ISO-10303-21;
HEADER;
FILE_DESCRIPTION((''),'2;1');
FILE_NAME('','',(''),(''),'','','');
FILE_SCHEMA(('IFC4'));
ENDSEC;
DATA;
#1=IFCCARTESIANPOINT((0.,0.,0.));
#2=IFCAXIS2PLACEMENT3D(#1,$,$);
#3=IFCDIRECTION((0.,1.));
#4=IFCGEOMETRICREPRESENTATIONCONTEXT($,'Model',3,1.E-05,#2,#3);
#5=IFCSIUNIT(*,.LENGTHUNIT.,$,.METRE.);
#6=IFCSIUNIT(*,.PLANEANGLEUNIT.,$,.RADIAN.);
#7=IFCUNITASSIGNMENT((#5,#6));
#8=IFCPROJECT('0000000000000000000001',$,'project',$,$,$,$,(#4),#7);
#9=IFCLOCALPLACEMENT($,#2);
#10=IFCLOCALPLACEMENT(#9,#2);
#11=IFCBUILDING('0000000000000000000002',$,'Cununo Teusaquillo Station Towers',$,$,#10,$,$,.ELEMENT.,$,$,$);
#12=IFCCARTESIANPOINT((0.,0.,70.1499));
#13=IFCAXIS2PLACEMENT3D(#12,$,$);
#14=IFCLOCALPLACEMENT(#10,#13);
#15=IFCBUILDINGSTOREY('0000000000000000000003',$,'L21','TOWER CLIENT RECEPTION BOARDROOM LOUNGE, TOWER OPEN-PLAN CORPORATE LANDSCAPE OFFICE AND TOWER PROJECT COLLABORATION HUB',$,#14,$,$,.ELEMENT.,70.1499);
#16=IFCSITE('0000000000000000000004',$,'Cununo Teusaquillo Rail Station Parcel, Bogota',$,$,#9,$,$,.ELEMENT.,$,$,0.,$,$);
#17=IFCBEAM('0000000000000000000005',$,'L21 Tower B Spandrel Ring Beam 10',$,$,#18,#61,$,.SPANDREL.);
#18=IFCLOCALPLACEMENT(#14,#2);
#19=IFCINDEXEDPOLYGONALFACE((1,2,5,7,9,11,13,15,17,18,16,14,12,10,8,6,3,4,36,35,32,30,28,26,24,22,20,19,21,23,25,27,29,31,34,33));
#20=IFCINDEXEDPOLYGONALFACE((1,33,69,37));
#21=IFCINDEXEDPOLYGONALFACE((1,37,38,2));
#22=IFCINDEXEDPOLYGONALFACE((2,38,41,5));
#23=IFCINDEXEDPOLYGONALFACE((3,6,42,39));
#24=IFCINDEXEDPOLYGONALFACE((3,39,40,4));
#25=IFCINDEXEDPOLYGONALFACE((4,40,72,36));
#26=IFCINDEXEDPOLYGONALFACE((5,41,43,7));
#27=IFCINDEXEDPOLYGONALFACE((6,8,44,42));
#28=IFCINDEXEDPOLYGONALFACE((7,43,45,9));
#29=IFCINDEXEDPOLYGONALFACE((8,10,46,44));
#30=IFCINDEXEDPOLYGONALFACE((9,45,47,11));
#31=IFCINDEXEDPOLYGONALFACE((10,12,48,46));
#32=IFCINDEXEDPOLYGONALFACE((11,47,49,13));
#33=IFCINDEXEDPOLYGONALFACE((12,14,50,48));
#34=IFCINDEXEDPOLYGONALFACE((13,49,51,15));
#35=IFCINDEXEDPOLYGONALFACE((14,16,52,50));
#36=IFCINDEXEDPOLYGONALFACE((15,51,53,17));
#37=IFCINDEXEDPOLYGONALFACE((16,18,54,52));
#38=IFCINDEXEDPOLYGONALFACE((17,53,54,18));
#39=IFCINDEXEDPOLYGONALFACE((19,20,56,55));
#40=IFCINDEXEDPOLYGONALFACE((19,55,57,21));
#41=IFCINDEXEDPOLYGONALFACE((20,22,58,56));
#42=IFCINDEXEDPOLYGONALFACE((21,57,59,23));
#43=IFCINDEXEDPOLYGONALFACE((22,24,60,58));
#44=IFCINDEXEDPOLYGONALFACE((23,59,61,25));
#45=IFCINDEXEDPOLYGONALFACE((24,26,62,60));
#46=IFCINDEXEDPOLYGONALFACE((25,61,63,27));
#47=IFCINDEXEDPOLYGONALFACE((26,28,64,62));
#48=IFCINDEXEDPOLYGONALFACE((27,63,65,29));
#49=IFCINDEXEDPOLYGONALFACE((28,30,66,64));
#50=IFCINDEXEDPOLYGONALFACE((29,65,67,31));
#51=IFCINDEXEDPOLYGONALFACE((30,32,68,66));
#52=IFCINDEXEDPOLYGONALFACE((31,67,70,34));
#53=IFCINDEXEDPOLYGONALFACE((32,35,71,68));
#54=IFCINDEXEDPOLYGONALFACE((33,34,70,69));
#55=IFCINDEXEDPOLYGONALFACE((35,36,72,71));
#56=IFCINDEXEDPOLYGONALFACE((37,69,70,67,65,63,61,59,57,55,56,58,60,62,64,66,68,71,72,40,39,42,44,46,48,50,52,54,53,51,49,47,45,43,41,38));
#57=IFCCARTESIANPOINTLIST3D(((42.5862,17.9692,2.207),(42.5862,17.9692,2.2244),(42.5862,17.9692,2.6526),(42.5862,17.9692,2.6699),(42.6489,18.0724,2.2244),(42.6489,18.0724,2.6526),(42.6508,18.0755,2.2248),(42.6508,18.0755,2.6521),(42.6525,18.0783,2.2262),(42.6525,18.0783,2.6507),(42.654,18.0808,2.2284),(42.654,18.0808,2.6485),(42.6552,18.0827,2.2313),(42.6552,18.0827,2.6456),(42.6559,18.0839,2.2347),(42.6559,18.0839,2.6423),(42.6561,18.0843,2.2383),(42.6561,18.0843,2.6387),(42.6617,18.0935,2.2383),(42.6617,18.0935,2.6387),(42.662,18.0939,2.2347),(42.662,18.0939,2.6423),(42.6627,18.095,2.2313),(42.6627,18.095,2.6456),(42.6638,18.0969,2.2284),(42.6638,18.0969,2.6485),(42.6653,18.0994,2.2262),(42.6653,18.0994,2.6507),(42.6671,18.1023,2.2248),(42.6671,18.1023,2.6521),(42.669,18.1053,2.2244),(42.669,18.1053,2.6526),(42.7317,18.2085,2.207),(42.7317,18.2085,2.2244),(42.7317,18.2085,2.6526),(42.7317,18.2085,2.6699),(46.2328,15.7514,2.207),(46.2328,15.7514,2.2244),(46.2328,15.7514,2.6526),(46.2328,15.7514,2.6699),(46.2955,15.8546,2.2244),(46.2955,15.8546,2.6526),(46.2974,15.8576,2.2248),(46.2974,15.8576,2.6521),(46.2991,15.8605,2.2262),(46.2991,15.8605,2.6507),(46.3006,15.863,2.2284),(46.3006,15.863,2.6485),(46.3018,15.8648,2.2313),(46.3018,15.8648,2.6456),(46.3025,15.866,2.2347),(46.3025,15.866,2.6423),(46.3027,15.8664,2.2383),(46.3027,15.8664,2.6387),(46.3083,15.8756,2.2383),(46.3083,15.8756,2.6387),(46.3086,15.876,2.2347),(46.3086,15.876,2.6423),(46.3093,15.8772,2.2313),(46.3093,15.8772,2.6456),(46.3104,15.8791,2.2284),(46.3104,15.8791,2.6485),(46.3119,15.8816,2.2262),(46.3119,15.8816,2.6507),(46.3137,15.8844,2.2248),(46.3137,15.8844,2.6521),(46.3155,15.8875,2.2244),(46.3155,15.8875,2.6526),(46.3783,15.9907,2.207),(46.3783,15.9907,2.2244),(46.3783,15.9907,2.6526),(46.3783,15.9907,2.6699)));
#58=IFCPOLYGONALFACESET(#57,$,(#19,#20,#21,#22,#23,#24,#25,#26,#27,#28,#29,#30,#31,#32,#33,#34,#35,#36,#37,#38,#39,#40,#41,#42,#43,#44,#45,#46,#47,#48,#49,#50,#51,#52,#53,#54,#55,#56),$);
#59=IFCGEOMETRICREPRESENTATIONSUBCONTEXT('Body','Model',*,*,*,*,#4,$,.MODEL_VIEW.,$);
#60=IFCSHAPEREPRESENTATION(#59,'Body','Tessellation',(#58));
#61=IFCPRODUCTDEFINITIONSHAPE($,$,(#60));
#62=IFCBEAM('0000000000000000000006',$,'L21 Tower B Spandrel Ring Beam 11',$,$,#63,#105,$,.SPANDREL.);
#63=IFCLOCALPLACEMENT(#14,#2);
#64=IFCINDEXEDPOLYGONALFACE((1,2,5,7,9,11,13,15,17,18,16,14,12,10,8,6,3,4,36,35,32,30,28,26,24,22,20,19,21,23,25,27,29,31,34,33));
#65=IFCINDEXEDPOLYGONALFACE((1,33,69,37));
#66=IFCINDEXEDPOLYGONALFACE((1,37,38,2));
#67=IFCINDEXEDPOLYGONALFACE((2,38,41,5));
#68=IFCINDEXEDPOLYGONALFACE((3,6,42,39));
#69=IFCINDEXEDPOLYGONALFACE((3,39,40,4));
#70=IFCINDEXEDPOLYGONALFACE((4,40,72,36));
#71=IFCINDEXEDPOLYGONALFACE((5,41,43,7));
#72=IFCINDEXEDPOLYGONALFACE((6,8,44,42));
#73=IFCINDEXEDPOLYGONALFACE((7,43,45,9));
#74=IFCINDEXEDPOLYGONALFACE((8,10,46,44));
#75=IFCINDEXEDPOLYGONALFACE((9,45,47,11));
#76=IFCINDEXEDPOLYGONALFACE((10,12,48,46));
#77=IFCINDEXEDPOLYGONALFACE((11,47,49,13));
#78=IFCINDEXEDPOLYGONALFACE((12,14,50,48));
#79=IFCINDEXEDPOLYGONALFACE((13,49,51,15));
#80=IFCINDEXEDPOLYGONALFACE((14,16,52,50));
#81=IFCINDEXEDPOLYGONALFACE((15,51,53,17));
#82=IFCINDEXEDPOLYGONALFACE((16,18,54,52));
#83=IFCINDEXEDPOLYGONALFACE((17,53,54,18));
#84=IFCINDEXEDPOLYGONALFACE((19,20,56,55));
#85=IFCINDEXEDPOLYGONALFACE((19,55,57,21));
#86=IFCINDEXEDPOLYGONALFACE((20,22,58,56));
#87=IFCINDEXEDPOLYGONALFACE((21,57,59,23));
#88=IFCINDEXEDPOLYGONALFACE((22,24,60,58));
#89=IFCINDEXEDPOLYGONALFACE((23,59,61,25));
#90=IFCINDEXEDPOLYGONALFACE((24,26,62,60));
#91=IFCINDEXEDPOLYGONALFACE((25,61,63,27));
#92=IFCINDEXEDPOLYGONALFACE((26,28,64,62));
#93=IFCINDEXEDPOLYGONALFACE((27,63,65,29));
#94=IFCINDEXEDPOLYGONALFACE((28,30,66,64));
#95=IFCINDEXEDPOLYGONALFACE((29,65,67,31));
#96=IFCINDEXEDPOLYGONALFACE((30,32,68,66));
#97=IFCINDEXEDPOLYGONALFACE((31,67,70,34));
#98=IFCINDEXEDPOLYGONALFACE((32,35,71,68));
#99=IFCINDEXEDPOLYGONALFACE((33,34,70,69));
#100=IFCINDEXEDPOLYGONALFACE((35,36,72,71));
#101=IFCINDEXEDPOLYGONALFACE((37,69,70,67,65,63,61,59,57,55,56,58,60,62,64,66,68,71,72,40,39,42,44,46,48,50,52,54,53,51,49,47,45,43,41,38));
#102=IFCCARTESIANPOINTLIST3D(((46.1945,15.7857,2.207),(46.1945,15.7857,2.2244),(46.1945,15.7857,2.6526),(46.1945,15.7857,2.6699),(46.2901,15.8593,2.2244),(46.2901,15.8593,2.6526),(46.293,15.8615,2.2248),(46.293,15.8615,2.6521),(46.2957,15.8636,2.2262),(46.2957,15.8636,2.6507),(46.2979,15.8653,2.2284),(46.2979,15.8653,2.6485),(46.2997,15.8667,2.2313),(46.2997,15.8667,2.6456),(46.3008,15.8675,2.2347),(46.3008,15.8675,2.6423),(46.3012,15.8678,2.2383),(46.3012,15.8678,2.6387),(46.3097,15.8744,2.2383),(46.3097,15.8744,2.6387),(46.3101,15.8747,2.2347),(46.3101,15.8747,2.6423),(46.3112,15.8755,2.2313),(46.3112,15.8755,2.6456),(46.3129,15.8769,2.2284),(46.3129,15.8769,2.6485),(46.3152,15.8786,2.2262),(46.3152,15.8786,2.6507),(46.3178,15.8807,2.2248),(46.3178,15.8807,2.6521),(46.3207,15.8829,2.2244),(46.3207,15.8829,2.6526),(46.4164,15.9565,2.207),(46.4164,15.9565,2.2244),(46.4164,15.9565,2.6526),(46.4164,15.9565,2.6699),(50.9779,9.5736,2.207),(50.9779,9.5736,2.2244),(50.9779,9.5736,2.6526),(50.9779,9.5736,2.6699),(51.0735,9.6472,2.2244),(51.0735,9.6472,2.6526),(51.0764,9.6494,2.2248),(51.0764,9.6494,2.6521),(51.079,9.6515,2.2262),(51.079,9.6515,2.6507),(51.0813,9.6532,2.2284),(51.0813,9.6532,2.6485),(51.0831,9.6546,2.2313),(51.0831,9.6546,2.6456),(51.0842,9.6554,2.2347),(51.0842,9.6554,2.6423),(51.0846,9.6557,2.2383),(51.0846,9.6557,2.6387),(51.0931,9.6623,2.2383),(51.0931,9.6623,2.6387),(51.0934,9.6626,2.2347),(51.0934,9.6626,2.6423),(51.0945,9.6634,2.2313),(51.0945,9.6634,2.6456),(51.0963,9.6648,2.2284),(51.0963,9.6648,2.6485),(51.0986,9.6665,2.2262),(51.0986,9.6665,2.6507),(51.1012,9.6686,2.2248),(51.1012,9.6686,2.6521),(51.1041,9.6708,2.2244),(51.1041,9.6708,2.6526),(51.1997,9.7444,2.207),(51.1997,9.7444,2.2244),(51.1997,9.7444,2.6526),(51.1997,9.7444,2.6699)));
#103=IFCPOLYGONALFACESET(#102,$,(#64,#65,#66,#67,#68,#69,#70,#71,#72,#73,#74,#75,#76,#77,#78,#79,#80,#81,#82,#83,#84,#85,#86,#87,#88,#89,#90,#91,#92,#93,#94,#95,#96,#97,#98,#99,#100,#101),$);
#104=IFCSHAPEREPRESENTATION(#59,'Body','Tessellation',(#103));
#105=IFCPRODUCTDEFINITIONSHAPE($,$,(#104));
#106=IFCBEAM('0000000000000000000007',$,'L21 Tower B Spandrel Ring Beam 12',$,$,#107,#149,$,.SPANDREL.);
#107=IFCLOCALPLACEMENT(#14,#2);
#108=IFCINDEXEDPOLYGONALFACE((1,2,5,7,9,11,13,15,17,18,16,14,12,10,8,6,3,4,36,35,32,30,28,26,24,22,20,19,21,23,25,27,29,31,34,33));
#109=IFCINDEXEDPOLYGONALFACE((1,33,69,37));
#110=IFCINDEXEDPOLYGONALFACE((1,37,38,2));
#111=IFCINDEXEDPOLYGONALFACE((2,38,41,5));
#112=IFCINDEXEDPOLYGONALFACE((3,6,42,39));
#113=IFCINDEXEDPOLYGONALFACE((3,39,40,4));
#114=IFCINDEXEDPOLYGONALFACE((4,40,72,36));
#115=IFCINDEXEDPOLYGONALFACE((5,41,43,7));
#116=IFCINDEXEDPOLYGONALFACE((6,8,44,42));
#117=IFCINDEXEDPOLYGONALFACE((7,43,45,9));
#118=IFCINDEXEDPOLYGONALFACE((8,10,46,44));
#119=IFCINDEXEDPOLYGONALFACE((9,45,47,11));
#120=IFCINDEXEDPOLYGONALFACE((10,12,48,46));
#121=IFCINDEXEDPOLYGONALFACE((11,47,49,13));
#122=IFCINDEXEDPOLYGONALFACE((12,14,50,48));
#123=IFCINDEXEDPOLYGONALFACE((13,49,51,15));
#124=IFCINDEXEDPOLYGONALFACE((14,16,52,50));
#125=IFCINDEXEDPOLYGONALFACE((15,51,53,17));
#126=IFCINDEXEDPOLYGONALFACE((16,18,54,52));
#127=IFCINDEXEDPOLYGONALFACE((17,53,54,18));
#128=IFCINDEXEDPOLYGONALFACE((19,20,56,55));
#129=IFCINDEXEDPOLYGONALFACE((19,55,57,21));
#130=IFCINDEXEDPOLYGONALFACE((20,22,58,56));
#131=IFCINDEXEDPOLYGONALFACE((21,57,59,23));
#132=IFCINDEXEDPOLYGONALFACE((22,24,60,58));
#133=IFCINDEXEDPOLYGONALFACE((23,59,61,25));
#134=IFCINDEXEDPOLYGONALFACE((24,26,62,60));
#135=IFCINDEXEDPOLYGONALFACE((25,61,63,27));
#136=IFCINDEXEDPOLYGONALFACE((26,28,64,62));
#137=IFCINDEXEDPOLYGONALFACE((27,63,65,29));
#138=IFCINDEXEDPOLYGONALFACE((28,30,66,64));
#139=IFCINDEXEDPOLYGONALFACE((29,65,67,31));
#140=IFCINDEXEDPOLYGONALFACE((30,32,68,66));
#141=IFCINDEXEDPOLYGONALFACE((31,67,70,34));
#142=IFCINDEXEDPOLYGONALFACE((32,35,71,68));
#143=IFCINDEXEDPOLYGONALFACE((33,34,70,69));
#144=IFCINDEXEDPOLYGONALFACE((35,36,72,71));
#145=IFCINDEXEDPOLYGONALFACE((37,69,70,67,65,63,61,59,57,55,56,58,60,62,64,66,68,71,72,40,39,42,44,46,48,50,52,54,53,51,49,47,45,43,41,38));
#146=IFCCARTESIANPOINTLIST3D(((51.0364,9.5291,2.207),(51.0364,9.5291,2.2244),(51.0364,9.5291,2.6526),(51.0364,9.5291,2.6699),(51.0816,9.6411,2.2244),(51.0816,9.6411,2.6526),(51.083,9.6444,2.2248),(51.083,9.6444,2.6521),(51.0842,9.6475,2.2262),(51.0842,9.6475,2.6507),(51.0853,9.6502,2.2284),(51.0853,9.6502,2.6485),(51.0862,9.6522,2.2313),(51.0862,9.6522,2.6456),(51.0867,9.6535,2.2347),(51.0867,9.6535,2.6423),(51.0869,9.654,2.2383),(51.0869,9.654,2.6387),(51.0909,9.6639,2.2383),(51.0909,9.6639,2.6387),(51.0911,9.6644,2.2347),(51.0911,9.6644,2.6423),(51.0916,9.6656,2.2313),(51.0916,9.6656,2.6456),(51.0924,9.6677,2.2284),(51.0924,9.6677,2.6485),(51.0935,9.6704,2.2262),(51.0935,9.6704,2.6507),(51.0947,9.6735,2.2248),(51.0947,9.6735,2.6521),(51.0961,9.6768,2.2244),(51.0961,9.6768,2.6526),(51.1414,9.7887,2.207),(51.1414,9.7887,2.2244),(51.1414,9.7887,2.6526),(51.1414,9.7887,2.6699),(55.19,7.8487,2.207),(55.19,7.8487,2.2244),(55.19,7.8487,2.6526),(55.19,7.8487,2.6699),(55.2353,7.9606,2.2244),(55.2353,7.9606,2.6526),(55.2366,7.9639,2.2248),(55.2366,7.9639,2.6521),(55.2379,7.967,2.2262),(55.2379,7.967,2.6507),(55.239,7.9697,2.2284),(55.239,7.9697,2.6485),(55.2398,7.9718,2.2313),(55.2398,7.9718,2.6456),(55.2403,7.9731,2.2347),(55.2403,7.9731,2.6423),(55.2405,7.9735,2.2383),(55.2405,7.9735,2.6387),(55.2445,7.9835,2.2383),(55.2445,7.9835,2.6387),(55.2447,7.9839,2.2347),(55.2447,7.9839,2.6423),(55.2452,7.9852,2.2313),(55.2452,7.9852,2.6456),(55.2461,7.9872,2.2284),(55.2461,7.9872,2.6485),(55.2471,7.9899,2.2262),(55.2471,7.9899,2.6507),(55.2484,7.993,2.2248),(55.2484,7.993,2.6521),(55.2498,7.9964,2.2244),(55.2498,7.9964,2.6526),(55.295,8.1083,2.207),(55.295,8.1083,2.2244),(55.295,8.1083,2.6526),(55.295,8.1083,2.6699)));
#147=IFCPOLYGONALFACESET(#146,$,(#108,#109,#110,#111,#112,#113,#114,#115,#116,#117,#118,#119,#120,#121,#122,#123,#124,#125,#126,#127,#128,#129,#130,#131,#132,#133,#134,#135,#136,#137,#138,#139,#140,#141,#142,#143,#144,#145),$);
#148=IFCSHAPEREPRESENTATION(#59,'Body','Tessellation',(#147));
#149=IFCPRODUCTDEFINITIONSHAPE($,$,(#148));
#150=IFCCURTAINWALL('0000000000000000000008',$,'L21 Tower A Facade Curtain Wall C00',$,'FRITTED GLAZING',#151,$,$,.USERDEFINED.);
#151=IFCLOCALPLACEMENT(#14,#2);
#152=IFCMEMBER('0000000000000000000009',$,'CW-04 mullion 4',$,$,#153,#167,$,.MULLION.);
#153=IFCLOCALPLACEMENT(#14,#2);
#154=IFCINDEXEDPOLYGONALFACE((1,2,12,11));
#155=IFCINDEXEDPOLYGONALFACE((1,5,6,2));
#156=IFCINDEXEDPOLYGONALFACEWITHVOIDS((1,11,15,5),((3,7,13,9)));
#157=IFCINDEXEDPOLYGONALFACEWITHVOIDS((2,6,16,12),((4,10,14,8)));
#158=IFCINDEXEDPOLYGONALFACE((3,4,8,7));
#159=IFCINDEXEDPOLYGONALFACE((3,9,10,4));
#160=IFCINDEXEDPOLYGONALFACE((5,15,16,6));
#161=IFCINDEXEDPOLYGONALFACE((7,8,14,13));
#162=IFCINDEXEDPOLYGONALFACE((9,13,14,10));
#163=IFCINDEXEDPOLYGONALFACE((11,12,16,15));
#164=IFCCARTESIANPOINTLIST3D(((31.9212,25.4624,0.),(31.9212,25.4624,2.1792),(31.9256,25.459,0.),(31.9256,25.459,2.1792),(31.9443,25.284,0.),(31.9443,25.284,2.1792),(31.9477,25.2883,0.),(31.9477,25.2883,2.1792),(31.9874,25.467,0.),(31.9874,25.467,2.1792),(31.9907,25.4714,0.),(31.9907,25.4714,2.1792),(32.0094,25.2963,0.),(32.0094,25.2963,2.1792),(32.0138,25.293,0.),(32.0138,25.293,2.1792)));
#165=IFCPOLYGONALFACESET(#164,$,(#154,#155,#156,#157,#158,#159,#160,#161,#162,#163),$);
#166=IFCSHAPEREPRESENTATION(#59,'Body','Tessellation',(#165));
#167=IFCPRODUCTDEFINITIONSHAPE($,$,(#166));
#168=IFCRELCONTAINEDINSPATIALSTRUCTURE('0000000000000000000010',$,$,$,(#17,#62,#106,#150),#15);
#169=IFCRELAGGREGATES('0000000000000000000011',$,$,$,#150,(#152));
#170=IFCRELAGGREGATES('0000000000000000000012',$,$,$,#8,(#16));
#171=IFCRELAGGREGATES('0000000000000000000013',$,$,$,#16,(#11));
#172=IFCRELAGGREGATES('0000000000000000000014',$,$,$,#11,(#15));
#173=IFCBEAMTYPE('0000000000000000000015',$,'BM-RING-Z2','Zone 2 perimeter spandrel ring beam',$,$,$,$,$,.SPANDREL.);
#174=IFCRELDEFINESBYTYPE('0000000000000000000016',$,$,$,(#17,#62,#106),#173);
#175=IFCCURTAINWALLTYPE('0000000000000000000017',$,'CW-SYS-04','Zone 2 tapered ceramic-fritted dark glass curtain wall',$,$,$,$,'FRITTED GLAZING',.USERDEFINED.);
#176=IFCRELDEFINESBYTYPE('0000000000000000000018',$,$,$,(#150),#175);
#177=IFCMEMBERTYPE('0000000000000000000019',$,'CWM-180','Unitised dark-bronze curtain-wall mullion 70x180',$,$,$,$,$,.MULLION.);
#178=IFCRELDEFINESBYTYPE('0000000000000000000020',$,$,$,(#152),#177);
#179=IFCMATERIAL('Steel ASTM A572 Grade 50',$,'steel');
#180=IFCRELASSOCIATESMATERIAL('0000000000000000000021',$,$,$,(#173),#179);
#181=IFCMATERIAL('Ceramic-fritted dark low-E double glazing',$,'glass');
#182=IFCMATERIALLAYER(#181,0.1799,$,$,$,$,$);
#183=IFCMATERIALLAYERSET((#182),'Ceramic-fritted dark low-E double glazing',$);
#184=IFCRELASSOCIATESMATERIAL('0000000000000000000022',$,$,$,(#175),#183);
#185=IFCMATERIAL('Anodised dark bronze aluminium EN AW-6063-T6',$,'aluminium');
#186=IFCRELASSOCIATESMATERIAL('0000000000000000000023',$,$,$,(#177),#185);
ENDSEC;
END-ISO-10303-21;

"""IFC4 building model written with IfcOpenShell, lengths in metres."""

from ifc_helpers import new_model, si_unit, direction, frame, origin, origin_2d, place, context, subcontext, project, spatial, hollow_rectangle, i_section, extrude, material, layer, layer_set, material_profile, profile_set, type_object, element, aggregate, save


model = new_model("IFC4")

# Units and contexts
model_context = context("Model", 3, precision=1e-05, world=origin(), true_north=direction((0.0, 1.0)))
body_context = subcontext(model_context, "Body", "Model", "MODEL_VIEW")
ifc_project = project(units=[si_unit("LENGTHUNIT", "METRE"), si_unit("PLANEANGLEUNIT", "RADIAN")], contexts=[model_context])

# Site, building, storey
site_placement = place(None, origin())
site = spatial("IfcSite", under=ifc_project, at=site_placement, Name="Cununo Teusaquillo Rail Station Parcel, Bogota", CompositionType="ELEMENT", RefElevation=0.0)
building_placement = place(site_placement, origin())
building = spatial("IfcBuilding", under=site, at=building_placement, Name="Cununo Teusaquillo Station Towers", CompositionType="ELEMENT")
storey_placement = place(building_placement, frame((0.0, 0.0, 70.1499)))
storey = spatial("IfcBuildingStorey", under=building, at=storey_placement, Name="L21", Description="TOWER CLIENT RECEPTION BOARDROOM LOUNGE, TOWER OPEN-PLAN CORPORATE LANDSCAPE OFFICE AND TOWER PROJECT COLLABORATION HUB", CompositionType="ELEMENT", Elevation=70.1499)

# Beams
ifc_material_1 = material(Name="Steel ASTM A572 Grade 50", Category="steel")
ifc_material_profile_1 = material_profile(ifc_material_1, i_section(OverallWidth=0.28, OverallDepth=0.4629, WebThickness=0.0107, FlangeThickness=0.0173, FilletRadius=0.0139, at=origin_2d()), Name="W18X76")
ifc_profile_set_1 = profile_set([ifc_material_profile_1], Name="Steel ASTM A572 Grade 50")
beam_type_1 = type_object("IfcBeamType", Name="BM-RING-Z2", Description="Zone 2 perimeter spandrel ring beam", PredefinedType="SPANDREL", material=ifc_profile_set_1)
beam_1_placement = place(storey_placement, frame((42.6589, 18.0889, 2.4385), z_axis=(0.854388, -0.519635, 0.0), x_axis=(0.519635, 0.854388, 0.0)))
element("IfcBeam", 1, at=beam_1_placement, inside=storey, type_object=beam_type_1, Name="L21 Tower B Spandrel Ring Beam 10", PredefinedType="SPANDREL", context=body_context, shape_type="SweptSolid", body=[
    extrude(i_section(OverallWidth=0.28, OverallDepth=0.4629, WebThickness=0.0107, FlangeThickness=0.0173, FilletRadius=0.0139, at=origin_2d()), origin(), (0.0, 0.0, 1.0), 4.2681),
])
beam_2_placement = place(storey_placement, frame((46.3054, 15.8711, 2.4385), z_axis=(0.6101, -0.792324, 0.0), x_axis=(0.792324, 0.6101, 0.0)))
element("IfcBeam", 2, at=beam_2_placement, inside=storey, type_object=beam_type_1, Name="L21 Tower B Spandrel Ring Beam 11", PredefinedType="SPANDREL", context=body_context, shape_type="SweptSolid", body=[
    extrude(i_section(OverallWidth=0.28, OverallDepth=0.4629, WebThickness=0.0107, FlangeThickness=0.0173, FilletRadius=0.0139, at=origin_2d()), origin(), (0.0, 0.0, 1.0), 7.8403),
])
beam_3_placement = place(storey_placement, frame((51.0889, 9.6589, 2.4385), z_axis=(0.927008, -0.375042, 0.0), x_axis=(0.375042, 0.927008, 0.0)))
element("IfcBeam", 3, at=beam_3_placement, inside=storey, type_object=beam_type_1, Name="L21 Tower B Spandrel Ring Beam 12", PredefinedType="SPANDREL", context=body_context, shape_type="SweptSolid", body=[
    extrude(i_section(OverallWidth=0.28, OverallDepth=0.4629, WebThickness=0.0107, FlangeThickness=0.0173, FilletRadius=0.0139, at=origin_2d()), origin(), (0.0, 0.0, 1.0), 4.4807),
])

# Curtain wall, member
ifc_material_2 = material(Name="Ceramic-fritted dark low-E double glazing", Category="glass")
ifc_layer_1 = layer(ifc_material_2, 0.1799)
ifc_layer_set_1 = layer_set([ifc_layer_1], Name="Ceramic-fritted dark low-E double glazing")
curtain_wall_type = type_object("IfcCurtainWallType", Name="CW-SYS-04", Description="Zone 2 tapered ceramic-fritted dark glass curtain wall", ElementType="FRITTED GLAZING", PredefinedType="USERDEFINED", material=ifc_layer_set_1)
curtain_wall_placement = place(storey_placement, origin())
curtain_wall = element("IfcCurtainWall", 4, at=curtain_wall_placement, inside=storey, type_object=curtain_wall_type, Name="L21 Tower A Facade Curtain Wall C00", ObjectType="FRITTED GLAZING", PredefinedType="USERDEFINED")
ifc_material_3 = material(Name="Anodised dark bronze aluminium EN AW-6063-T6", Category="aluminium")
ifc_material_profile_2 = material_profile(ifc_material_3, hollow_rectangle(XDim=0.0701, YDim=0.1799, WallThickness=0.0039, at=origin_2d()), Name="CW-MULL-70x180")
ifc_profile_set_2 = profile_set([ifc_material_profile_2], Name="Anodised dark bronze aluminium EN AW-6063-T6")
member_type_1 = type_object("IfcMemberType", Name="CWM-180", Description="Unitised dark-bronze curtain-wall mullion 70x180", PredefinedType="MULLION", material=ifc_profile_set_2)
member_1_placement = place(storey_placement, frame((31.9675, 25.3777, 0.0), z_axis=(0.0, 0.0, 1.0), x_axis=(0.991731, 0.128336, 0.0)))
member_1 = element("IfcMember", 5, at=member_1_placement, type_object=member_type_1, Name="CW-04 mullion 4", PredefinedType="MULLION", context=body_context, shape_type="SweptSolid", body=[
    extrude(hollow_rectangle(XDim=0.0701, YDim=0.1799, WallThickness=0.0039, at=origin_2d()), origin(), (0.0, 0.0, 1.0), 2.1792),
])
aggregate(curtain_wall, [member_1])

save(model, "model.ifc")
